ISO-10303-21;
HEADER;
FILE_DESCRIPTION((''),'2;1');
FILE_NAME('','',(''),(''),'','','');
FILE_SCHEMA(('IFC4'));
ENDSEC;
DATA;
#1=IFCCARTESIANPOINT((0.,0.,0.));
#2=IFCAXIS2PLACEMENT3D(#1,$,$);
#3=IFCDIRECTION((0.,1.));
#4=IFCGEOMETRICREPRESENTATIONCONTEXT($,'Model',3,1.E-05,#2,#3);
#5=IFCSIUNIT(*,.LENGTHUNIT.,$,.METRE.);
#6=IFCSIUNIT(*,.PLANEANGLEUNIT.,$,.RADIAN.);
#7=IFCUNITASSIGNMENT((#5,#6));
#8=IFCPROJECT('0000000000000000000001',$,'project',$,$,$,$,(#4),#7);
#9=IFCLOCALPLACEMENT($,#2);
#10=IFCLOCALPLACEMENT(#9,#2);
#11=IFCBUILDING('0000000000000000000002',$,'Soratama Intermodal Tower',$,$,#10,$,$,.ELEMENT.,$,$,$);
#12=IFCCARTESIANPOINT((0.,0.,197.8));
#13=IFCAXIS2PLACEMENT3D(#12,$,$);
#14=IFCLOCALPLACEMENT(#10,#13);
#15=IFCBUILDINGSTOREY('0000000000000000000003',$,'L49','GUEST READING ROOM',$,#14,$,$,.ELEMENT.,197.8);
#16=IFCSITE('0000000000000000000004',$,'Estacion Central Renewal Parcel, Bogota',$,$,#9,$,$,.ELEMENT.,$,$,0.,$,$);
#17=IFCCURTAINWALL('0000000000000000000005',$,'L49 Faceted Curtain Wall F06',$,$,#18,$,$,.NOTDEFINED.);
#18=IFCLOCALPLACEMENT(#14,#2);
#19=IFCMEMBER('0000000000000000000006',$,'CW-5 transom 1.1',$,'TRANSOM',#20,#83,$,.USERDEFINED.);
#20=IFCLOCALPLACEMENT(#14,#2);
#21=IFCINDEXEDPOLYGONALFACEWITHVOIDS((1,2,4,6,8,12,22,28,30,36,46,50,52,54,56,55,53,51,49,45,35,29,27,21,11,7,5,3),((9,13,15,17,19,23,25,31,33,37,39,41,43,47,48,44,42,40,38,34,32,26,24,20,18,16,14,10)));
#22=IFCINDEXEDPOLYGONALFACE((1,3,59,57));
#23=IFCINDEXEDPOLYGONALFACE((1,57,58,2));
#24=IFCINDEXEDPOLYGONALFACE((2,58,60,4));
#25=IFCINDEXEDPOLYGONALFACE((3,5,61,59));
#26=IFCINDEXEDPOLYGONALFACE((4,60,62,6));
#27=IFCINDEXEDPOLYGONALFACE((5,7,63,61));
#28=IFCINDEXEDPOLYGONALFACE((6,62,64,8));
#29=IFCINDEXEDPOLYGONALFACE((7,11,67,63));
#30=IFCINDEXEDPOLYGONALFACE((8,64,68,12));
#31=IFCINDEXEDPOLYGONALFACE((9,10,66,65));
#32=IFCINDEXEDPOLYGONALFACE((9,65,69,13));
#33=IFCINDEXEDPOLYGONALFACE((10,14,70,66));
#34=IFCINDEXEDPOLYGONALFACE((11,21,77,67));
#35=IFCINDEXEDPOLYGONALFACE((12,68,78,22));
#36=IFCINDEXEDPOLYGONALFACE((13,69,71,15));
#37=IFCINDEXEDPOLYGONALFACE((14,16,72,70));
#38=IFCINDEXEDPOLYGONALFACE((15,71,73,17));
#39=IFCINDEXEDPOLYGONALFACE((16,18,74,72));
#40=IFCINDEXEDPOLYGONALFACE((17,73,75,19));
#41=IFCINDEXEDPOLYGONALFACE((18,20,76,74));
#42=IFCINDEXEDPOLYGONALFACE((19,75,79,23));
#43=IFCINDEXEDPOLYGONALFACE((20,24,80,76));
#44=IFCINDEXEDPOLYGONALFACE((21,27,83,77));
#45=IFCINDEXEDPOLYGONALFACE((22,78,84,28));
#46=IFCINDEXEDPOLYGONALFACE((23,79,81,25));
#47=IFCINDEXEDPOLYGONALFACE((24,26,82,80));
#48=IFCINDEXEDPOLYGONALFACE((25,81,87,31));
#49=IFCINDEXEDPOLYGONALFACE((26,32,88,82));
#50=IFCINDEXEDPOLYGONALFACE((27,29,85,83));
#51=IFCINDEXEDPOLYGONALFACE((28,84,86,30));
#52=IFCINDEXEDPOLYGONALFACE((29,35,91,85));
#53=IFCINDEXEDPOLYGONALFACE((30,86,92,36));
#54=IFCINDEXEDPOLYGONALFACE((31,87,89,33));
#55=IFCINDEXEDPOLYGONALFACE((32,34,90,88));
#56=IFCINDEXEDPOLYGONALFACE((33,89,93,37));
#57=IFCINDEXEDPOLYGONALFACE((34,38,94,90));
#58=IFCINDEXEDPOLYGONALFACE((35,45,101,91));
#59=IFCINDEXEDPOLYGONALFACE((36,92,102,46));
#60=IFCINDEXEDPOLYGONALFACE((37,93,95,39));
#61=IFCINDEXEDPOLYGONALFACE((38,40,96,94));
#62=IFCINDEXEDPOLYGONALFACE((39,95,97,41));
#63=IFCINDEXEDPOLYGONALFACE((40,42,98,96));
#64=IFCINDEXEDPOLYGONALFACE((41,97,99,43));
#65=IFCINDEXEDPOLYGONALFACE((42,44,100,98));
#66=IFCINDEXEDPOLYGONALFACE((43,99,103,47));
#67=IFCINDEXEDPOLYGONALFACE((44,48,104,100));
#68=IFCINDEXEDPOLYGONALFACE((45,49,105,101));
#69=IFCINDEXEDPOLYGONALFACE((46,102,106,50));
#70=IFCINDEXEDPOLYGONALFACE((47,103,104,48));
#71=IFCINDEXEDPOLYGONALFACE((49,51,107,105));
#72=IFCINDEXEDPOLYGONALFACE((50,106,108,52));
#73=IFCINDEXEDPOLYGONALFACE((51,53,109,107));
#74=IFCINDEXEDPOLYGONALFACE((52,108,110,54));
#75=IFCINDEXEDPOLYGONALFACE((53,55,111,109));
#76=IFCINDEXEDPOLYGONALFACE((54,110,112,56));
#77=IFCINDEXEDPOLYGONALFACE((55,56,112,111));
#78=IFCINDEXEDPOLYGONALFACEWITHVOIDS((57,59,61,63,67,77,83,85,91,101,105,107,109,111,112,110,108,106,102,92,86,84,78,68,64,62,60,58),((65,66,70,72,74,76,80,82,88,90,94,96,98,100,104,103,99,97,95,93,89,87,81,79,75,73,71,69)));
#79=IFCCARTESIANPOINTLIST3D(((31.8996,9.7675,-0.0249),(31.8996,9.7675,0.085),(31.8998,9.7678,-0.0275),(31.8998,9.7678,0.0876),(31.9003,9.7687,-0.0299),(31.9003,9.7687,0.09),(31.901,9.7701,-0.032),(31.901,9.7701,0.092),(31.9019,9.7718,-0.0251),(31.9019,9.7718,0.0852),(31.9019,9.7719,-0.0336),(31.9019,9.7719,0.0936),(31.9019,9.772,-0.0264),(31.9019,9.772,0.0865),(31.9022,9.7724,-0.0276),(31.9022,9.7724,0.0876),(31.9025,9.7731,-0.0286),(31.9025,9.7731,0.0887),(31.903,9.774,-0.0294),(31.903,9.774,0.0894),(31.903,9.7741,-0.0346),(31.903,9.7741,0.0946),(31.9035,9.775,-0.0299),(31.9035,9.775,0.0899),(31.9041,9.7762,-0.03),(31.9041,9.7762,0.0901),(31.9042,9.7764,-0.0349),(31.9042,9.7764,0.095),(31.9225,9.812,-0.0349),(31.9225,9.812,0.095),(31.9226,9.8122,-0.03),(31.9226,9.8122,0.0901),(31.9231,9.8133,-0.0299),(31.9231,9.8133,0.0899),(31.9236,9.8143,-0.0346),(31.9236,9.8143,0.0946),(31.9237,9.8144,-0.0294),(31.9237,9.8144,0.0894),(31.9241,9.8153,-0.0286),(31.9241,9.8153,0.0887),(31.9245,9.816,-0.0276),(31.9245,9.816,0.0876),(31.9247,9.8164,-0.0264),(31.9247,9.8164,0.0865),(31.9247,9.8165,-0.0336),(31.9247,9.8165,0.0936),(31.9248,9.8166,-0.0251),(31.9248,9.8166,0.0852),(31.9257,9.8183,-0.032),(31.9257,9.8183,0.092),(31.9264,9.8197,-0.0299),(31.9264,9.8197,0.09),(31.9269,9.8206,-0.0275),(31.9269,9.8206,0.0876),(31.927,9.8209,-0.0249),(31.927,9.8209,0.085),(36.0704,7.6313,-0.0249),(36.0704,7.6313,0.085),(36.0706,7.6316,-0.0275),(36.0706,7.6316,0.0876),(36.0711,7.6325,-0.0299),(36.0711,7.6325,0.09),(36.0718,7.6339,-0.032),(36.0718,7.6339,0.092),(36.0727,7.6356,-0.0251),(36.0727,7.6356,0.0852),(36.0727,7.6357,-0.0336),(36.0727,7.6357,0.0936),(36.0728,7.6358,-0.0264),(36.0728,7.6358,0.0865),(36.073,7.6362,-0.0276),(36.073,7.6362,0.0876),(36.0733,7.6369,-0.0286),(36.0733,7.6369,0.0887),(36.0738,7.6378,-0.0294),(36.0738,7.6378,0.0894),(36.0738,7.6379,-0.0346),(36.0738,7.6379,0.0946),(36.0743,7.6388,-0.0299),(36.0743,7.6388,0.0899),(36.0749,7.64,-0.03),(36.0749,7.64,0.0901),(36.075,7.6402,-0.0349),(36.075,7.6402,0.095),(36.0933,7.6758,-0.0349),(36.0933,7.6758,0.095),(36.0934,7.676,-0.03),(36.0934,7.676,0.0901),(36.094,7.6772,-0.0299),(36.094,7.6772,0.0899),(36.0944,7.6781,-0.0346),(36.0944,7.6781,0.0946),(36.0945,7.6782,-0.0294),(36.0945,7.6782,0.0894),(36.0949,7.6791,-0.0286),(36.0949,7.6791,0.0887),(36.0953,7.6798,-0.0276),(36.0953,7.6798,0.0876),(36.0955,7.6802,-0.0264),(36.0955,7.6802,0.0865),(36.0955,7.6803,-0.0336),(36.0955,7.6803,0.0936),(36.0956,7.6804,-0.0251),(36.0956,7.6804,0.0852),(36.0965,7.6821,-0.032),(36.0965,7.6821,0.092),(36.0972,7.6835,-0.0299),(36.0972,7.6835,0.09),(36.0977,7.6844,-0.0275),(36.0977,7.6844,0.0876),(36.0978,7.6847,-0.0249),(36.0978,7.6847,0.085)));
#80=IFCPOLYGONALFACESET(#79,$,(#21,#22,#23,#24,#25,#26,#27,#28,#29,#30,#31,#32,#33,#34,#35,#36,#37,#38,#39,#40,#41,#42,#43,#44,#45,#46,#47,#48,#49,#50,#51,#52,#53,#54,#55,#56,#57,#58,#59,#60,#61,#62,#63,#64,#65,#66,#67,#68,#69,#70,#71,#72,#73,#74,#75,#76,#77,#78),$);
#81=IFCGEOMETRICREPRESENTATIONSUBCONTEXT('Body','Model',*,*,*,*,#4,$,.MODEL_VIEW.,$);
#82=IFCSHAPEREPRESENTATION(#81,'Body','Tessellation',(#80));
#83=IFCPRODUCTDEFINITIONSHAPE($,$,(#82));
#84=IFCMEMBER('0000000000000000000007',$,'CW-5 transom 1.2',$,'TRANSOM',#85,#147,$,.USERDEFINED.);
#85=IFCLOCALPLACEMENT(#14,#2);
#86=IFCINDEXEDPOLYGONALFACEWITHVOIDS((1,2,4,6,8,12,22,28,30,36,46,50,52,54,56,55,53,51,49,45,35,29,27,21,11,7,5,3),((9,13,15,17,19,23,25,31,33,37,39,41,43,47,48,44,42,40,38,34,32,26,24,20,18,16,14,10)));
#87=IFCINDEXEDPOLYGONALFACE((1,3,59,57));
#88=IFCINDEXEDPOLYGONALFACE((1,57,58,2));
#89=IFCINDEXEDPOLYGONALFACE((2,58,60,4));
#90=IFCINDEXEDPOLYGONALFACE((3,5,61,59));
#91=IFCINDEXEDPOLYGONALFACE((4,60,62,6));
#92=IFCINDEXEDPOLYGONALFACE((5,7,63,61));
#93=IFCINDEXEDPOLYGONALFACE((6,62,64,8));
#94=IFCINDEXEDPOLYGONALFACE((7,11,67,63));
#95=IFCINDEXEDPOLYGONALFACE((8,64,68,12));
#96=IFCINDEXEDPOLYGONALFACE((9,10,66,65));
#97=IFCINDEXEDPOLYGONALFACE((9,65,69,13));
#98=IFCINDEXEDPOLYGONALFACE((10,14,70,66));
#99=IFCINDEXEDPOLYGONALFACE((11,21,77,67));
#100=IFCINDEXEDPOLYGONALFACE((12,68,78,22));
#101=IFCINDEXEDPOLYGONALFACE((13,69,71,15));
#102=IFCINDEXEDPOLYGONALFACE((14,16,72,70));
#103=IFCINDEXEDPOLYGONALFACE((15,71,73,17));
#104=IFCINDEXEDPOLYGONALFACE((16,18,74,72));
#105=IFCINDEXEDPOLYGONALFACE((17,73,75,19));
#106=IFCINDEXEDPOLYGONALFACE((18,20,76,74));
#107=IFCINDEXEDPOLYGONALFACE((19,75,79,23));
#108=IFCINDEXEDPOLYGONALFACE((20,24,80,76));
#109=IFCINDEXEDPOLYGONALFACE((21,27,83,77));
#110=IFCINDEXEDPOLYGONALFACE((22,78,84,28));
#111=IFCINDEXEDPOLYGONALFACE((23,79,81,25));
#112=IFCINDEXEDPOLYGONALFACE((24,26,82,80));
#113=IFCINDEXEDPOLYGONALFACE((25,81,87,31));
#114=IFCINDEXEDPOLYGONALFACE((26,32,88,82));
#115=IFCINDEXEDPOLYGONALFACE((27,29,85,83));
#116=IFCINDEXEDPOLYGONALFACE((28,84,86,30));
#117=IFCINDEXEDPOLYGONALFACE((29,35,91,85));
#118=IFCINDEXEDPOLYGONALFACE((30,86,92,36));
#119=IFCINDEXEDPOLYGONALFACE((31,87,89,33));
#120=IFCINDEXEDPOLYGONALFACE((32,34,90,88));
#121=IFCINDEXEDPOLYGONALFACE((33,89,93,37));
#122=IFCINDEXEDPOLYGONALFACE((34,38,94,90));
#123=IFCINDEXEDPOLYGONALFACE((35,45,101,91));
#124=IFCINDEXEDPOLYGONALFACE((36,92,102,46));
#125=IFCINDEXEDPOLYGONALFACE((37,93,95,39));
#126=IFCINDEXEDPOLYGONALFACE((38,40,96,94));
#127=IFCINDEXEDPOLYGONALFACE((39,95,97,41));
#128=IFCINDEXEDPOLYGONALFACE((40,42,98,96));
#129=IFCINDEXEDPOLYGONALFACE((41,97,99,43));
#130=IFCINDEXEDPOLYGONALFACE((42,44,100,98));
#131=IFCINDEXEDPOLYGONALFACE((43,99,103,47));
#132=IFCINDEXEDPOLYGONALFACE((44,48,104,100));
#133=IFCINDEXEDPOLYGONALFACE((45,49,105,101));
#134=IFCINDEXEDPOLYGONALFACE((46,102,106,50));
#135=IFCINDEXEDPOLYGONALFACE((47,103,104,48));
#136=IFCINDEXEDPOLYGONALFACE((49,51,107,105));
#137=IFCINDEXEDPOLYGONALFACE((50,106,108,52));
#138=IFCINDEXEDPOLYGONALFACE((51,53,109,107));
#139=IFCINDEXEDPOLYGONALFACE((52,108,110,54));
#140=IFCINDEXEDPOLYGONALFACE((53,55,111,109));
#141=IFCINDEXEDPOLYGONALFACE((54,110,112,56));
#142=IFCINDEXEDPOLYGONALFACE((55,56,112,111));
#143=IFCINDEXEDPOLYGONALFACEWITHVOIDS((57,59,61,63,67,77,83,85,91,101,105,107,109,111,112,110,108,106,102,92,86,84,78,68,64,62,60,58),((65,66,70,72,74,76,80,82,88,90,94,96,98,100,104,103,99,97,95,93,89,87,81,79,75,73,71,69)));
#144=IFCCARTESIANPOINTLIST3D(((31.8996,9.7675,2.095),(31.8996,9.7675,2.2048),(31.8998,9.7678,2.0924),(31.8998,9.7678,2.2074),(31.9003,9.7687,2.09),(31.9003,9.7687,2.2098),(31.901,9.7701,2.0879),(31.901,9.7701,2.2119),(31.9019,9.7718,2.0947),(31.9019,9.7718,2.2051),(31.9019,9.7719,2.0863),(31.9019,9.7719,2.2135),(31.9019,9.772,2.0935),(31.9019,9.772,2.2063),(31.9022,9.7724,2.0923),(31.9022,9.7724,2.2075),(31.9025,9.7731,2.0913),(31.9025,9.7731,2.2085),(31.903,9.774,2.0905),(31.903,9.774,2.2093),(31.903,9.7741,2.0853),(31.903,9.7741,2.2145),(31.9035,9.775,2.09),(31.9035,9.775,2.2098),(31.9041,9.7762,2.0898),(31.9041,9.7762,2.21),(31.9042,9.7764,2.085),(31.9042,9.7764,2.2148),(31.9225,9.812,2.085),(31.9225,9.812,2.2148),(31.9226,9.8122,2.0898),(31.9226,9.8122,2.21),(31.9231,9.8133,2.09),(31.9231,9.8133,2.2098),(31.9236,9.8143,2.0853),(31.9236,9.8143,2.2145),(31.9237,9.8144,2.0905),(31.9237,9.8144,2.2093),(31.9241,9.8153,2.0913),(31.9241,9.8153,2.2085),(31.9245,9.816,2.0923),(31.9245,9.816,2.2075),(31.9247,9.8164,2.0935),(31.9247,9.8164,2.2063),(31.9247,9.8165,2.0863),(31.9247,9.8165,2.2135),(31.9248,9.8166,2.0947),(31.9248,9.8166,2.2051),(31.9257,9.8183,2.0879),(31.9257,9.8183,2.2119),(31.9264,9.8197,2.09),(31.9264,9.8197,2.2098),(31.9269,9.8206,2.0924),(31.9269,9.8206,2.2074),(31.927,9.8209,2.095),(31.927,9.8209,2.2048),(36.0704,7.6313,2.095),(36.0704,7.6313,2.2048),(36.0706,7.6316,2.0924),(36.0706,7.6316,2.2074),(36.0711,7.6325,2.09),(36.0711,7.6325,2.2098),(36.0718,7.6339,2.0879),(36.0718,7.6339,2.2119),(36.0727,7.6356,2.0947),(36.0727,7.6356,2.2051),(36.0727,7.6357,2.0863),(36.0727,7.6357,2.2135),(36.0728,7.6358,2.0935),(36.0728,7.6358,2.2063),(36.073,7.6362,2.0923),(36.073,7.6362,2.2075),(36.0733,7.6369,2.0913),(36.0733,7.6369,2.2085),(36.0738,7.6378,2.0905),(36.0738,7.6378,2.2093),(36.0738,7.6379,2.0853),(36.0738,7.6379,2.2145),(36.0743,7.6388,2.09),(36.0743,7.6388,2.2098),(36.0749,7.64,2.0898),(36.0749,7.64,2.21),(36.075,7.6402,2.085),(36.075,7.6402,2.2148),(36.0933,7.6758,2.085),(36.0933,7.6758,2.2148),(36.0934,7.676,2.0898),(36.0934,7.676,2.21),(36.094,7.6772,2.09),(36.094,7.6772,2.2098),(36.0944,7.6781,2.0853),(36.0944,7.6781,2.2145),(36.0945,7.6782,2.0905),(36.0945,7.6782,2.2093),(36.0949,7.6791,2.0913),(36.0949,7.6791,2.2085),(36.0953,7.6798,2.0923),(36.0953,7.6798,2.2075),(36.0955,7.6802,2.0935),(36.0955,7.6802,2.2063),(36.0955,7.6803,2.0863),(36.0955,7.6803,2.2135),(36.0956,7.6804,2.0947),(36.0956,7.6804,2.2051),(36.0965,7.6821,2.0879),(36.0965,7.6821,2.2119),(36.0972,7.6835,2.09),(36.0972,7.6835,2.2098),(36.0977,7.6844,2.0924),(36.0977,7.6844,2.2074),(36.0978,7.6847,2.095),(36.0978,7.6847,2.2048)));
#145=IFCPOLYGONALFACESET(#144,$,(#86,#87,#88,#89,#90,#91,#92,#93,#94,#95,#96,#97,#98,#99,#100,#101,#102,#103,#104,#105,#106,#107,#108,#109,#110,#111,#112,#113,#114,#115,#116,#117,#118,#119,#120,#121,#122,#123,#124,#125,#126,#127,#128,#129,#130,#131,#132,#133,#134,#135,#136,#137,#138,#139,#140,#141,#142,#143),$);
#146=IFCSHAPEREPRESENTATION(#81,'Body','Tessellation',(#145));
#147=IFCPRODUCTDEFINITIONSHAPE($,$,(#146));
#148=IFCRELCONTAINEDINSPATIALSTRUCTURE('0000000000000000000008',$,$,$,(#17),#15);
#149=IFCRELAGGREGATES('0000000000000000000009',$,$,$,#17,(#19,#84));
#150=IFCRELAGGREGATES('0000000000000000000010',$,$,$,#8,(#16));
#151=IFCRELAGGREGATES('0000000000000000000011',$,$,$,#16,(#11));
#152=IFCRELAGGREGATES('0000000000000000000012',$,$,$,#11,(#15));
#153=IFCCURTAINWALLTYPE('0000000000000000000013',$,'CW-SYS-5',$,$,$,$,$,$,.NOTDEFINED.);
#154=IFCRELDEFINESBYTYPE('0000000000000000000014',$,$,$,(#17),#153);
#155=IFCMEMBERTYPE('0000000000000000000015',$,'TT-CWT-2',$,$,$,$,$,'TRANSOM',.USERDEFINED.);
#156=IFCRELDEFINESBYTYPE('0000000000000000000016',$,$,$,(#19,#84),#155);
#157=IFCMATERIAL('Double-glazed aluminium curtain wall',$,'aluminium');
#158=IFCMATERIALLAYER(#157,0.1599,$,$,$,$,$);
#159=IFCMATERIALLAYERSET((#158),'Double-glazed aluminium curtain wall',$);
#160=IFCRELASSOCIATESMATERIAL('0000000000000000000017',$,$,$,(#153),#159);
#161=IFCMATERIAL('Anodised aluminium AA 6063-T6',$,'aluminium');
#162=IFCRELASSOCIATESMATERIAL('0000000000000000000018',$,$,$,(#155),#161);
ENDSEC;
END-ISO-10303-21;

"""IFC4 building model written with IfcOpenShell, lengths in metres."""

from ifc_helpers import new_model, si_unit, direction, frame, origin, origin_2d, place, context, subcontext, project, spatial, hollow_rectangle, extrude, material, layer, layer_set, material_profile, profile_set, type_object, element, aggregate, save


model = new_model("IFC4")

# Units and contexts
model_context = context("Model", 3, precision=1e-05, world=origin(), true_north=direction((0.0, 1.0)))
body_context = subcontext(model_context, "Body", "Model", "MODEL_VIEW")
ifc_project = project(units=[si_unit("LENGTHUNIT", "METRE"), si_unit("PLANEANGLEUNIT", "RADIAN")], contexts=[model_context])

# Site, building, storey
site_placement = place(None, origin())
site = spatial("IfcSite", under=ifc_project, at=site_placement, Name="Estacion Central Renewal Parcel, Bogota", CompositionType="ELEMENT", RefElevation=0.0)
building_placement = place(site_placement, origin())
building = spatial("IfcBuilding", under=site, at=building_placement, Name="Soratama Intermodal Tower", CompositionType="ELEMENT")
storey_placement = place(building_placement, frame((0.0, 0.0, 197.8)))
storey = spatial("IfcBuildingStorey", under=building, at=storey_placement, Name="L49", Description="GUEST READING ROOM", CompositionType="ELEMENT", Elevation=197.8)

# Curtain wall
ifc_material_1 = material(Name="Double-glazed aluminium curtain wall", Category="aluminium")
ifc_layer_1 = layer(ifc_material_1, 0.1599)
ifc_layer_set_1 = layer_set([ifc_layer_1], Name="Double-glazed aluminium curtain wall")
curtain_wall_type = type_object("IfcCurtainWallType", Name="CW-SYS-5", PredefinedType="NOTDEFINED", material=ifc_layer_set_1)
curtain_wall_1_placement = place(storey_placement, origin())
curtain_wall_1 = element("IfcCurtainWall", 1, at=curtain_wall_1_placement, inside=storey, type_object=curtain_wall_type, Name="L49 Faceted Curtain Wall F06", PredefinedType="NOTDEFINED")

# Members
ifc_material_2 = material(Name="Anodised aluminium AA 6063-T6", Category="aluminium")
ifc_material_profile_1 = material_profile(ifc_material_2, hollow_rectangle(XDim=0.0601, YDim=0.1299, WallThickness=0.0049, InnerFilletRadius=0.0049, OuterFilletRadius=0.01, at=origin_2d()), Name="CWT130X60X5")
ifc_profile_set_1 = profile_set([ifc_material_profile_1], Name="Anodised aluminium AA 6063-T6")
member_type_1 = type_object("IfcMemberType", Name="TT-CWT-2", ElementType="TRANSOM", PredefinedType="USERDEFINED", material=ifc_profile_set_1)
member_1_placement = place(storey_placement, frame((31.9133, 9.7942, 0.03), z_axis=(0.890051, -0.455862, 0.0), x_axis=(0.455862, 0.890051, 0.0)))
member_1 = element("IfcMember", 2, at=member_1_placement, type_object=member_type_1, Name="CW-5 transom 1.1", ObjectType="TRANSOM", PredefinedType="USERDEFINED", context=body_context, shape_type="SweptSolid", body=[
    extrude(hollow_rectangle(XDim=0.0601, YDim=0.1299, WallThickness=0.0049, InnerFilletRadius=0.0049, OuterFilletRadius=0.01, at=origin_2d()), origin(), (0.0, 0.0, 1.0), 4.686),
])
member_2_placement = place(storey_placement, frame((31.9133, 9.7942, 2.1499), z_axis=(0.890051, -0.455862, 0.0), x_axis=(0.455862, 0.890051, 0.0)))
member_2 = element("IfcMember", 3, at=member_2_placement, type_object=member_type_1, Name="CW-5 transom 1.2", ObjectType="TRANSOM", PredefinedType="USERDEFINED", context=body_context, shape_type="SweptSolid", body=[
    extrude(hollow_rectangle(XDim=0.0601, YDim=0.1299, WallThickness=0.0049, InnerFilletRadius=0.0049, OuterFilletRadius=0.01, at=origin_2d()), origin(), (0.0, 0.0, 1.0), 4.686),
])
aggregate(curtain_wall_1, [member_1, member_2])

save(model, "model.ifc")
